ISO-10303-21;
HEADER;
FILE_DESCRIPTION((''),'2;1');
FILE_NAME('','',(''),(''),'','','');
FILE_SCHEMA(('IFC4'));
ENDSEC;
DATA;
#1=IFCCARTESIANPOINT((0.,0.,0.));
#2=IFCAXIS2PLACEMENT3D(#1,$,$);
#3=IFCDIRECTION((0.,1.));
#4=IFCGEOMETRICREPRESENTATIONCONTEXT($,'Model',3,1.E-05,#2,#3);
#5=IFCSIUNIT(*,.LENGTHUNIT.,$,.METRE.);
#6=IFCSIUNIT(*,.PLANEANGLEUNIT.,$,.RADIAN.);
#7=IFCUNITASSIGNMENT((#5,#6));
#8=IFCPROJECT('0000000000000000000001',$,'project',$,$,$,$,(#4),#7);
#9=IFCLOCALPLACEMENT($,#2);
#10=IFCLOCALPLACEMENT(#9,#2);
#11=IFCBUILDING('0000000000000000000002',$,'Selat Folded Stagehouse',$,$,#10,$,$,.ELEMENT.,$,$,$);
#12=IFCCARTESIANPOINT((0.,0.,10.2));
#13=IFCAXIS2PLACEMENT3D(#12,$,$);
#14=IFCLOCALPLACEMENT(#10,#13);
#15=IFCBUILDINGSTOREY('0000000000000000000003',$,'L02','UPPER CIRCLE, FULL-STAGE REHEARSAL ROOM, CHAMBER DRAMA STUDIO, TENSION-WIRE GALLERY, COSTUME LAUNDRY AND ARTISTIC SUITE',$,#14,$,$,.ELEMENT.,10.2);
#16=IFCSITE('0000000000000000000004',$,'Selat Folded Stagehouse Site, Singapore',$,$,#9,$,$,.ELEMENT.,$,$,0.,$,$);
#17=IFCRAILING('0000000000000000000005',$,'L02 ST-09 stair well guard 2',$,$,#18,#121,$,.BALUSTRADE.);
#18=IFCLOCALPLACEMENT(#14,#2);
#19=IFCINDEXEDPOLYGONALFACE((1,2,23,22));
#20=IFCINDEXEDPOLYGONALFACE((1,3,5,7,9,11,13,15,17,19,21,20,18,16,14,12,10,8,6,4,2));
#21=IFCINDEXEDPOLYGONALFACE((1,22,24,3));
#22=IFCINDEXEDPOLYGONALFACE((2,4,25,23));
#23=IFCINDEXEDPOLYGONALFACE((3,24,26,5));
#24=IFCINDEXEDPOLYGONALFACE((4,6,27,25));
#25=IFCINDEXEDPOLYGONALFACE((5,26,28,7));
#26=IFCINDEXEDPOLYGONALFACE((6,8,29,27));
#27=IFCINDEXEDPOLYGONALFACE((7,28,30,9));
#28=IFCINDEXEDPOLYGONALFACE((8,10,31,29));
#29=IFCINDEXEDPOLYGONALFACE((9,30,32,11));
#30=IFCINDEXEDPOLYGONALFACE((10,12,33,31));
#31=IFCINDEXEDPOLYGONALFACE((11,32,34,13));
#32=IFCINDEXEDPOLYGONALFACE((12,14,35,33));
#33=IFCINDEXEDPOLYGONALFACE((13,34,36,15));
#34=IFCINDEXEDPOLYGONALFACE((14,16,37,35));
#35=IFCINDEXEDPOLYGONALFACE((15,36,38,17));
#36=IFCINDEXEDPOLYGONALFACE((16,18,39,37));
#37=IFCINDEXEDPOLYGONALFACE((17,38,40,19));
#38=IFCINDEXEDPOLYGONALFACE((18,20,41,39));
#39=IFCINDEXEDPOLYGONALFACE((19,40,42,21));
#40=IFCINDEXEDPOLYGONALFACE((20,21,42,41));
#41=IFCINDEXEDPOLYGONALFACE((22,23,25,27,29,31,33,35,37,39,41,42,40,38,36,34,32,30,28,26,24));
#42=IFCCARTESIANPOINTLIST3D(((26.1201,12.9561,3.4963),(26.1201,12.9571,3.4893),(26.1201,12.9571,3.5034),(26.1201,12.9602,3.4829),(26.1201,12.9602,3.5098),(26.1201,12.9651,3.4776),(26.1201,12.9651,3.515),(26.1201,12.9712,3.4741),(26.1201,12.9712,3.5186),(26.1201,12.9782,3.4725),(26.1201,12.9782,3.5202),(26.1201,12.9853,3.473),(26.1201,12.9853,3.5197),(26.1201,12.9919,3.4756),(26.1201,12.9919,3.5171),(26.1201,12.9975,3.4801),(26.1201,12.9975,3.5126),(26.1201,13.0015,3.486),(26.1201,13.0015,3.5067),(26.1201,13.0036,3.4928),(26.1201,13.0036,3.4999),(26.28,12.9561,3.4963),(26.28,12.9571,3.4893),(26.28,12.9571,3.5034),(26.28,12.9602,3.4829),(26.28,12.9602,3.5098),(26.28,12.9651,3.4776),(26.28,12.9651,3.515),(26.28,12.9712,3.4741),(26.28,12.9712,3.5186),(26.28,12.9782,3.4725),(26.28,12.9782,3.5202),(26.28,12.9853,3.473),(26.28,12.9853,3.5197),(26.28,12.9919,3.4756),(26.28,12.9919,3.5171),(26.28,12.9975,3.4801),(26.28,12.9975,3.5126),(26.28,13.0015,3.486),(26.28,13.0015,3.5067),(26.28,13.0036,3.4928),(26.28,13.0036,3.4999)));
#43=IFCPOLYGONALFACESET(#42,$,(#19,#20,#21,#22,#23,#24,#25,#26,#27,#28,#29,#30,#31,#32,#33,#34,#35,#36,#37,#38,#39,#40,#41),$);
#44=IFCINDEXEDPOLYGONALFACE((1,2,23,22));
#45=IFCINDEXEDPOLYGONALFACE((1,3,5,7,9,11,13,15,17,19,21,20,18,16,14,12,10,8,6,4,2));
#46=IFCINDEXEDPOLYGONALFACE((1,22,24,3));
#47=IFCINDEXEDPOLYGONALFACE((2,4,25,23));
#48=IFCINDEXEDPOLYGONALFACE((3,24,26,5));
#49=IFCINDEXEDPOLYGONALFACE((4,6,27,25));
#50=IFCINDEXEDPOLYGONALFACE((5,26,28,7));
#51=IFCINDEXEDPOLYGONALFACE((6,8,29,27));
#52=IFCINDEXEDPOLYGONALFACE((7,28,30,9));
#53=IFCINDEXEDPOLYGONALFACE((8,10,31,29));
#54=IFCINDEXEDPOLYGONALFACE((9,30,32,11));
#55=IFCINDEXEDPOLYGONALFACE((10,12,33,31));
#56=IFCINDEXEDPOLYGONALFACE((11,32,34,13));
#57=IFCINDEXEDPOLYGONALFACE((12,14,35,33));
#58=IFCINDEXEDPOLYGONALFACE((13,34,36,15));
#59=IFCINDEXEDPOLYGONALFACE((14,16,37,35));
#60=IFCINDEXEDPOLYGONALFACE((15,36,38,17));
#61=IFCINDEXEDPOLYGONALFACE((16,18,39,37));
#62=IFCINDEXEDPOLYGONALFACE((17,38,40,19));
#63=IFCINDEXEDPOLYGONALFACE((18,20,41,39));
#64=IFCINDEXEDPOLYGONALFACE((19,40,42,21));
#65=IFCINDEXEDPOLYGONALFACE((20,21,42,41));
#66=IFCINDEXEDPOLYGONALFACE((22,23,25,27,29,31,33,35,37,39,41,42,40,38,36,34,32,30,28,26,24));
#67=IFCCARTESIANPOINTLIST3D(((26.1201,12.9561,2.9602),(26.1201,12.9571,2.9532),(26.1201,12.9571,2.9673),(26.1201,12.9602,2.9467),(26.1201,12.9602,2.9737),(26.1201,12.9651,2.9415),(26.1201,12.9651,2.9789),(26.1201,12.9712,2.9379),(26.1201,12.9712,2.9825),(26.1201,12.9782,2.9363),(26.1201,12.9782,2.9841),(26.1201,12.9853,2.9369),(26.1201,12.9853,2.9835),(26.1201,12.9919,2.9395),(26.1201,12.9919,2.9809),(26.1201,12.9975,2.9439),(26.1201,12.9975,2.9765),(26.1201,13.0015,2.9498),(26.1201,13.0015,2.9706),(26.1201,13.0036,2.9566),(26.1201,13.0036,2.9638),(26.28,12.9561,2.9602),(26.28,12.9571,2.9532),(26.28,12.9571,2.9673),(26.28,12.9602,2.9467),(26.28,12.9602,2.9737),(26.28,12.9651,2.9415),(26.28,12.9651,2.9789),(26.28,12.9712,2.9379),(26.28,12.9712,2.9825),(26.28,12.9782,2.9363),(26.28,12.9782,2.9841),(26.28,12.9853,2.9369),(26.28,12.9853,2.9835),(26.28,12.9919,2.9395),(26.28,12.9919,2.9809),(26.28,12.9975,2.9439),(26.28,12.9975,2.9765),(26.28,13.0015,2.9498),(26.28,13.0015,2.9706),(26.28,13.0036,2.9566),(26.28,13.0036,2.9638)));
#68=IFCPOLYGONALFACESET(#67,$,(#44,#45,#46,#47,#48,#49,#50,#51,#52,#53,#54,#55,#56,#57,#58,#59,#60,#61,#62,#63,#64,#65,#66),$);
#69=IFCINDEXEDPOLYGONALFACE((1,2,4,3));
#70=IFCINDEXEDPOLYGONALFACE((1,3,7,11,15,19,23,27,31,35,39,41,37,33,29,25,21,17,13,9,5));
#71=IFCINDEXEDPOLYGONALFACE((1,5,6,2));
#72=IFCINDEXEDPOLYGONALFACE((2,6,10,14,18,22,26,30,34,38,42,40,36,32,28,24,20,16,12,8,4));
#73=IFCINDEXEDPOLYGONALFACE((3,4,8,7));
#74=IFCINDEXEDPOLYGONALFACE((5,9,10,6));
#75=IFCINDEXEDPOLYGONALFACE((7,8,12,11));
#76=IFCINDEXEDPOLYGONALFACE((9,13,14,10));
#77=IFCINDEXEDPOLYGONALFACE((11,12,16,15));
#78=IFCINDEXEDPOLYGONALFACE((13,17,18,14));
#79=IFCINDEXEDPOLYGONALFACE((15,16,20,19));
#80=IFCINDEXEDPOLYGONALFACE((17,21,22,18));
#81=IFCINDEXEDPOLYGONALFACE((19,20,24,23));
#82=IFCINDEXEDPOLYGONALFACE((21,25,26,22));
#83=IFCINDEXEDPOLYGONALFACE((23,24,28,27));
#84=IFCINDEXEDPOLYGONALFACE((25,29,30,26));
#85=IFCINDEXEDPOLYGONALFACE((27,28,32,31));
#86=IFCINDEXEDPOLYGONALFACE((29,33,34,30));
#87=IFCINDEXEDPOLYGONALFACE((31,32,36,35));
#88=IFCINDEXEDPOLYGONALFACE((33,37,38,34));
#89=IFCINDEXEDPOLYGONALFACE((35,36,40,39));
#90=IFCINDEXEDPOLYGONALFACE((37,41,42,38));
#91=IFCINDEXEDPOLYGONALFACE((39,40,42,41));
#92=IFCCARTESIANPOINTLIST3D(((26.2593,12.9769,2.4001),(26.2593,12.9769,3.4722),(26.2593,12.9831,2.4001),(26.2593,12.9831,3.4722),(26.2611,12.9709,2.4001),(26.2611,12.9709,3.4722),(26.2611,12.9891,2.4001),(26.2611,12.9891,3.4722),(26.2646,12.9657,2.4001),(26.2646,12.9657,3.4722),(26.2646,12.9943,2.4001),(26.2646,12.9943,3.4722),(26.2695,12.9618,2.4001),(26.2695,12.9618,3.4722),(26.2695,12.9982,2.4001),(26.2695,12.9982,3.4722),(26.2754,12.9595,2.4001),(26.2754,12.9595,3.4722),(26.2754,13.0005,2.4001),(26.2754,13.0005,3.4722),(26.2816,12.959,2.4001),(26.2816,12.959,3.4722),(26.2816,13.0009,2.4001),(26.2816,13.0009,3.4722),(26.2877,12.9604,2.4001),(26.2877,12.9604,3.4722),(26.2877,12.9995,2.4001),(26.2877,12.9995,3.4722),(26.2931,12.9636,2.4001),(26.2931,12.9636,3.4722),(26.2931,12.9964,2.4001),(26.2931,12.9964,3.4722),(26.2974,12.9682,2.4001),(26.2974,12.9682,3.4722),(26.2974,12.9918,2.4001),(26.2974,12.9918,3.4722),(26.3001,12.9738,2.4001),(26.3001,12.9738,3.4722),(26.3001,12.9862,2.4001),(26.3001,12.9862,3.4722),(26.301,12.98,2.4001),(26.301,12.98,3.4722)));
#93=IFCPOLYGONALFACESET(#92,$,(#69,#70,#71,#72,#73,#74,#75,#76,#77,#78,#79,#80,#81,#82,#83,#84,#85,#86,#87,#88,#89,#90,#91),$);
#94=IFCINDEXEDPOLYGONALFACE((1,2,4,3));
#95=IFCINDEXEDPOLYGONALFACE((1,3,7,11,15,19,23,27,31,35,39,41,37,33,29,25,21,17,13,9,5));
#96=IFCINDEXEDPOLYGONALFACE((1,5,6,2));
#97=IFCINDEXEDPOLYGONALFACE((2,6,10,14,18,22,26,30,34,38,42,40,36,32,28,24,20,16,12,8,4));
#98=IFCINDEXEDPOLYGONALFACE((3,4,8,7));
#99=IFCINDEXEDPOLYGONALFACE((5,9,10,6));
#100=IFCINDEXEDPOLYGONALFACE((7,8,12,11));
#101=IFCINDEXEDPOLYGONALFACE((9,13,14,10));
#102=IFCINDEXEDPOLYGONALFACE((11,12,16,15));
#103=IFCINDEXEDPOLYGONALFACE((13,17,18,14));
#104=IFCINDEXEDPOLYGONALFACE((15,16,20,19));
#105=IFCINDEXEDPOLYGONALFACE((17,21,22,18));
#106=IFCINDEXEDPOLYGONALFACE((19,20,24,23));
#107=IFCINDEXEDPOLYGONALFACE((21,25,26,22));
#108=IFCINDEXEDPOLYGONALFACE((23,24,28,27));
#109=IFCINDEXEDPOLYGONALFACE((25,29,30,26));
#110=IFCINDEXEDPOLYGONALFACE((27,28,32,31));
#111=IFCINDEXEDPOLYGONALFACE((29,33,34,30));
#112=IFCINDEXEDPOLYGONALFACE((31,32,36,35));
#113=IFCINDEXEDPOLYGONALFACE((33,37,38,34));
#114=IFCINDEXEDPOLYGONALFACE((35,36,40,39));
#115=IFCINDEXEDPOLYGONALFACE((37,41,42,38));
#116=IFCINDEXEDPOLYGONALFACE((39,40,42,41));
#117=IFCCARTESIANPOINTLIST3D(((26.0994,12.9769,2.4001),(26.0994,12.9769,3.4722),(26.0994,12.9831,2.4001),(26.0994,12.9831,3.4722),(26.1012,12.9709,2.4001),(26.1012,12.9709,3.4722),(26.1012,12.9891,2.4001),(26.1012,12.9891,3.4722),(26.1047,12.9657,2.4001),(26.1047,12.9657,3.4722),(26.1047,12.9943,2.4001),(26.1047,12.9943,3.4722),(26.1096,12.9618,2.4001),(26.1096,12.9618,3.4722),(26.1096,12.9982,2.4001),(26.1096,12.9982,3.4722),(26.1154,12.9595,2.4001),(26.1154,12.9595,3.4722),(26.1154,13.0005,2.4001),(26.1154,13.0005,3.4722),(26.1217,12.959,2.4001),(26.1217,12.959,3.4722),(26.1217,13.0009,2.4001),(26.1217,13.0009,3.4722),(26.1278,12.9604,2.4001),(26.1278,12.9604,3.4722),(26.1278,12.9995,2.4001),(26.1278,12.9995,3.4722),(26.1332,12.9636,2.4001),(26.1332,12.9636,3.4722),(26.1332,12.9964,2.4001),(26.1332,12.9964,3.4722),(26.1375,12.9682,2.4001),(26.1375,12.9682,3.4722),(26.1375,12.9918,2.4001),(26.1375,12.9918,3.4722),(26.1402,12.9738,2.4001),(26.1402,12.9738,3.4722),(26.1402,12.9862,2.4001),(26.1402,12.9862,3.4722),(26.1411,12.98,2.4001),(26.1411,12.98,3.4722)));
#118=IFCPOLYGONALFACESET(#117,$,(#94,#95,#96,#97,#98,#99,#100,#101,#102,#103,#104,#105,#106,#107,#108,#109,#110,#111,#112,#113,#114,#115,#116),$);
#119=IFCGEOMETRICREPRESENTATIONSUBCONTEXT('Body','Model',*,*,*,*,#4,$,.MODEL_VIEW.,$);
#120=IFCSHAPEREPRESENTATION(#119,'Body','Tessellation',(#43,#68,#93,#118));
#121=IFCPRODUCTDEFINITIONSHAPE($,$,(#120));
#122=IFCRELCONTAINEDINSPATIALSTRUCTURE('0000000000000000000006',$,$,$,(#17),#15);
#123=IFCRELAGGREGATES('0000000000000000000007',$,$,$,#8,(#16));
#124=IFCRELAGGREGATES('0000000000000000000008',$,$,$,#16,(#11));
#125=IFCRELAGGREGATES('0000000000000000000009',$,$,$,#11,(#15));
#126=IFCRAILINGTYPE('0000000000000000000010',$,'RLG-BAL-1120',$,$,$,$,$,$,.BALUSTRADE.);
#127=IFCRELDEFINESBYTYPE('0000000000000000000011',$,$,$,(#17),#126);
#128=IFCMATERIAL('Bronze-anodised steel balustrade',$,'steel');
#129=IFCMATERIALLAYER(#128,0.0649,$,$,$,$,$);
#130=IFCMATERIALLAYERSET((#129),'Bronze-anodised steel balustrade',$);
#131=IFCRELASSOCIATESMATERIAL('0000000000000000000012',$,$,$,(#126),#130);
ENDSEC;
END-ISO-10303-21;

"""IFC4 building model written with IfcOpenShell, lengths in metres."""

from ifc_helpers import new_model, si_unit, direction, frame, origin, origin_2d, place, context, subcontext, project, spatial, circle, extrude, material, layer, layer_set, type_object, element, save


model = new_model("IFC4")

# Units and contexts
model_context = context("Model", 3, precision=1e-05, world=origin(), true_north=direction((0.0, 1.0)))
body_context = subcontext(model_context, "Body", "Model", "MODEL_VIEW")
ifc_project = project(units=[si_unit("LENGTHUNIT", "METRE"), si_unit("PLANEANGLEUNIT", "RADIAN")], contexts=[model_context])

# Site, building, storey
site_placement = place(None, origin())
site = spatial("IfcSite", under=ifc_project, at=site_placement, Name="Selat Folded Stagehouse Site, Singapore", CompositionType="ELEMENT", RefElevation=0.0)
building_placement = place(site_placement, origin())
building = spatial("IfcBuilding", under=site, at=building_placement, Name="Selat Folded Stagehouse", CompositionType="ELEMENT")
storey_placement = place(building_placement, frame((0.0, 0.0, 10.2)))
storey = spatial("IfcBuildingStorey", under=building, at=storey_placement, Name="L02", Description="UPPER CIRCLE, FULL-STAGE REHEARSAL ROOM, CHAMBER DRAMA STUDIO, TENSION-WIRE GALLERY, COSTUME LAUNDRY AND ARTISTIC SUITE", CompositionType="ELEMENT", Elevation=10.2)

# Railing
ifc_material_1 = material(Name="Bronze-anodised steel balustrade", Category="steel")
ifc_layer_1 = layer(ifc_material_1, 0.0649)
ifc_layer_set_1 = layer_set([ifc_layer_1], Name="Bronze-anodised steel balustrade")
railing_type_1 = type_object("IfcRailingType", Name="RLG-BAL-1120", PredefinedType="BALUSTRADE", material=ifc_layer_set_1)
railing_1_placement = place(storey_placement, frame((26.28, 12.98, 2.4001)))
element("IfcRailing", 1, at=railing_1_placement, inside=storey, type_object=railing_type_1, Name="L02 ST-09 stair well guard 2", PredefinedType="BALUSTRADE", context=body_context, shape_type="SweptSolid", body=[
    extrude(circle(Radius=0.0239, at=origin_2d()), frame((0.0, 0.0, 1.0962), z_axis=(-1.0, 0.0, 0.0), x_axis=(0.0, -1.0, 0.0)), (0.0, 0.0, 1.0), 0.1599),
    extrude(circle(Radius=0.0239, at=origin_2d()), frame((0.0, 0.0, 0.5601), z_axis=(-1.0, 0.0, 0.0), x_axis=(0.0, -1.0, 0.0)), (0.0, 0.0, 1.0), 0.1599),
    extrude(circle(Radius=0.021, at=origin_2d()), origin(), (0.0, 0.0, 1.0), 1.072),
    extrude(circle(Radius=0.021, at=origin_2d()), frame((-0.1599, 0.0, 0.0)), (0.0, 0.0, 1.0), 1.072),
])

save(model, "model.ifc")
